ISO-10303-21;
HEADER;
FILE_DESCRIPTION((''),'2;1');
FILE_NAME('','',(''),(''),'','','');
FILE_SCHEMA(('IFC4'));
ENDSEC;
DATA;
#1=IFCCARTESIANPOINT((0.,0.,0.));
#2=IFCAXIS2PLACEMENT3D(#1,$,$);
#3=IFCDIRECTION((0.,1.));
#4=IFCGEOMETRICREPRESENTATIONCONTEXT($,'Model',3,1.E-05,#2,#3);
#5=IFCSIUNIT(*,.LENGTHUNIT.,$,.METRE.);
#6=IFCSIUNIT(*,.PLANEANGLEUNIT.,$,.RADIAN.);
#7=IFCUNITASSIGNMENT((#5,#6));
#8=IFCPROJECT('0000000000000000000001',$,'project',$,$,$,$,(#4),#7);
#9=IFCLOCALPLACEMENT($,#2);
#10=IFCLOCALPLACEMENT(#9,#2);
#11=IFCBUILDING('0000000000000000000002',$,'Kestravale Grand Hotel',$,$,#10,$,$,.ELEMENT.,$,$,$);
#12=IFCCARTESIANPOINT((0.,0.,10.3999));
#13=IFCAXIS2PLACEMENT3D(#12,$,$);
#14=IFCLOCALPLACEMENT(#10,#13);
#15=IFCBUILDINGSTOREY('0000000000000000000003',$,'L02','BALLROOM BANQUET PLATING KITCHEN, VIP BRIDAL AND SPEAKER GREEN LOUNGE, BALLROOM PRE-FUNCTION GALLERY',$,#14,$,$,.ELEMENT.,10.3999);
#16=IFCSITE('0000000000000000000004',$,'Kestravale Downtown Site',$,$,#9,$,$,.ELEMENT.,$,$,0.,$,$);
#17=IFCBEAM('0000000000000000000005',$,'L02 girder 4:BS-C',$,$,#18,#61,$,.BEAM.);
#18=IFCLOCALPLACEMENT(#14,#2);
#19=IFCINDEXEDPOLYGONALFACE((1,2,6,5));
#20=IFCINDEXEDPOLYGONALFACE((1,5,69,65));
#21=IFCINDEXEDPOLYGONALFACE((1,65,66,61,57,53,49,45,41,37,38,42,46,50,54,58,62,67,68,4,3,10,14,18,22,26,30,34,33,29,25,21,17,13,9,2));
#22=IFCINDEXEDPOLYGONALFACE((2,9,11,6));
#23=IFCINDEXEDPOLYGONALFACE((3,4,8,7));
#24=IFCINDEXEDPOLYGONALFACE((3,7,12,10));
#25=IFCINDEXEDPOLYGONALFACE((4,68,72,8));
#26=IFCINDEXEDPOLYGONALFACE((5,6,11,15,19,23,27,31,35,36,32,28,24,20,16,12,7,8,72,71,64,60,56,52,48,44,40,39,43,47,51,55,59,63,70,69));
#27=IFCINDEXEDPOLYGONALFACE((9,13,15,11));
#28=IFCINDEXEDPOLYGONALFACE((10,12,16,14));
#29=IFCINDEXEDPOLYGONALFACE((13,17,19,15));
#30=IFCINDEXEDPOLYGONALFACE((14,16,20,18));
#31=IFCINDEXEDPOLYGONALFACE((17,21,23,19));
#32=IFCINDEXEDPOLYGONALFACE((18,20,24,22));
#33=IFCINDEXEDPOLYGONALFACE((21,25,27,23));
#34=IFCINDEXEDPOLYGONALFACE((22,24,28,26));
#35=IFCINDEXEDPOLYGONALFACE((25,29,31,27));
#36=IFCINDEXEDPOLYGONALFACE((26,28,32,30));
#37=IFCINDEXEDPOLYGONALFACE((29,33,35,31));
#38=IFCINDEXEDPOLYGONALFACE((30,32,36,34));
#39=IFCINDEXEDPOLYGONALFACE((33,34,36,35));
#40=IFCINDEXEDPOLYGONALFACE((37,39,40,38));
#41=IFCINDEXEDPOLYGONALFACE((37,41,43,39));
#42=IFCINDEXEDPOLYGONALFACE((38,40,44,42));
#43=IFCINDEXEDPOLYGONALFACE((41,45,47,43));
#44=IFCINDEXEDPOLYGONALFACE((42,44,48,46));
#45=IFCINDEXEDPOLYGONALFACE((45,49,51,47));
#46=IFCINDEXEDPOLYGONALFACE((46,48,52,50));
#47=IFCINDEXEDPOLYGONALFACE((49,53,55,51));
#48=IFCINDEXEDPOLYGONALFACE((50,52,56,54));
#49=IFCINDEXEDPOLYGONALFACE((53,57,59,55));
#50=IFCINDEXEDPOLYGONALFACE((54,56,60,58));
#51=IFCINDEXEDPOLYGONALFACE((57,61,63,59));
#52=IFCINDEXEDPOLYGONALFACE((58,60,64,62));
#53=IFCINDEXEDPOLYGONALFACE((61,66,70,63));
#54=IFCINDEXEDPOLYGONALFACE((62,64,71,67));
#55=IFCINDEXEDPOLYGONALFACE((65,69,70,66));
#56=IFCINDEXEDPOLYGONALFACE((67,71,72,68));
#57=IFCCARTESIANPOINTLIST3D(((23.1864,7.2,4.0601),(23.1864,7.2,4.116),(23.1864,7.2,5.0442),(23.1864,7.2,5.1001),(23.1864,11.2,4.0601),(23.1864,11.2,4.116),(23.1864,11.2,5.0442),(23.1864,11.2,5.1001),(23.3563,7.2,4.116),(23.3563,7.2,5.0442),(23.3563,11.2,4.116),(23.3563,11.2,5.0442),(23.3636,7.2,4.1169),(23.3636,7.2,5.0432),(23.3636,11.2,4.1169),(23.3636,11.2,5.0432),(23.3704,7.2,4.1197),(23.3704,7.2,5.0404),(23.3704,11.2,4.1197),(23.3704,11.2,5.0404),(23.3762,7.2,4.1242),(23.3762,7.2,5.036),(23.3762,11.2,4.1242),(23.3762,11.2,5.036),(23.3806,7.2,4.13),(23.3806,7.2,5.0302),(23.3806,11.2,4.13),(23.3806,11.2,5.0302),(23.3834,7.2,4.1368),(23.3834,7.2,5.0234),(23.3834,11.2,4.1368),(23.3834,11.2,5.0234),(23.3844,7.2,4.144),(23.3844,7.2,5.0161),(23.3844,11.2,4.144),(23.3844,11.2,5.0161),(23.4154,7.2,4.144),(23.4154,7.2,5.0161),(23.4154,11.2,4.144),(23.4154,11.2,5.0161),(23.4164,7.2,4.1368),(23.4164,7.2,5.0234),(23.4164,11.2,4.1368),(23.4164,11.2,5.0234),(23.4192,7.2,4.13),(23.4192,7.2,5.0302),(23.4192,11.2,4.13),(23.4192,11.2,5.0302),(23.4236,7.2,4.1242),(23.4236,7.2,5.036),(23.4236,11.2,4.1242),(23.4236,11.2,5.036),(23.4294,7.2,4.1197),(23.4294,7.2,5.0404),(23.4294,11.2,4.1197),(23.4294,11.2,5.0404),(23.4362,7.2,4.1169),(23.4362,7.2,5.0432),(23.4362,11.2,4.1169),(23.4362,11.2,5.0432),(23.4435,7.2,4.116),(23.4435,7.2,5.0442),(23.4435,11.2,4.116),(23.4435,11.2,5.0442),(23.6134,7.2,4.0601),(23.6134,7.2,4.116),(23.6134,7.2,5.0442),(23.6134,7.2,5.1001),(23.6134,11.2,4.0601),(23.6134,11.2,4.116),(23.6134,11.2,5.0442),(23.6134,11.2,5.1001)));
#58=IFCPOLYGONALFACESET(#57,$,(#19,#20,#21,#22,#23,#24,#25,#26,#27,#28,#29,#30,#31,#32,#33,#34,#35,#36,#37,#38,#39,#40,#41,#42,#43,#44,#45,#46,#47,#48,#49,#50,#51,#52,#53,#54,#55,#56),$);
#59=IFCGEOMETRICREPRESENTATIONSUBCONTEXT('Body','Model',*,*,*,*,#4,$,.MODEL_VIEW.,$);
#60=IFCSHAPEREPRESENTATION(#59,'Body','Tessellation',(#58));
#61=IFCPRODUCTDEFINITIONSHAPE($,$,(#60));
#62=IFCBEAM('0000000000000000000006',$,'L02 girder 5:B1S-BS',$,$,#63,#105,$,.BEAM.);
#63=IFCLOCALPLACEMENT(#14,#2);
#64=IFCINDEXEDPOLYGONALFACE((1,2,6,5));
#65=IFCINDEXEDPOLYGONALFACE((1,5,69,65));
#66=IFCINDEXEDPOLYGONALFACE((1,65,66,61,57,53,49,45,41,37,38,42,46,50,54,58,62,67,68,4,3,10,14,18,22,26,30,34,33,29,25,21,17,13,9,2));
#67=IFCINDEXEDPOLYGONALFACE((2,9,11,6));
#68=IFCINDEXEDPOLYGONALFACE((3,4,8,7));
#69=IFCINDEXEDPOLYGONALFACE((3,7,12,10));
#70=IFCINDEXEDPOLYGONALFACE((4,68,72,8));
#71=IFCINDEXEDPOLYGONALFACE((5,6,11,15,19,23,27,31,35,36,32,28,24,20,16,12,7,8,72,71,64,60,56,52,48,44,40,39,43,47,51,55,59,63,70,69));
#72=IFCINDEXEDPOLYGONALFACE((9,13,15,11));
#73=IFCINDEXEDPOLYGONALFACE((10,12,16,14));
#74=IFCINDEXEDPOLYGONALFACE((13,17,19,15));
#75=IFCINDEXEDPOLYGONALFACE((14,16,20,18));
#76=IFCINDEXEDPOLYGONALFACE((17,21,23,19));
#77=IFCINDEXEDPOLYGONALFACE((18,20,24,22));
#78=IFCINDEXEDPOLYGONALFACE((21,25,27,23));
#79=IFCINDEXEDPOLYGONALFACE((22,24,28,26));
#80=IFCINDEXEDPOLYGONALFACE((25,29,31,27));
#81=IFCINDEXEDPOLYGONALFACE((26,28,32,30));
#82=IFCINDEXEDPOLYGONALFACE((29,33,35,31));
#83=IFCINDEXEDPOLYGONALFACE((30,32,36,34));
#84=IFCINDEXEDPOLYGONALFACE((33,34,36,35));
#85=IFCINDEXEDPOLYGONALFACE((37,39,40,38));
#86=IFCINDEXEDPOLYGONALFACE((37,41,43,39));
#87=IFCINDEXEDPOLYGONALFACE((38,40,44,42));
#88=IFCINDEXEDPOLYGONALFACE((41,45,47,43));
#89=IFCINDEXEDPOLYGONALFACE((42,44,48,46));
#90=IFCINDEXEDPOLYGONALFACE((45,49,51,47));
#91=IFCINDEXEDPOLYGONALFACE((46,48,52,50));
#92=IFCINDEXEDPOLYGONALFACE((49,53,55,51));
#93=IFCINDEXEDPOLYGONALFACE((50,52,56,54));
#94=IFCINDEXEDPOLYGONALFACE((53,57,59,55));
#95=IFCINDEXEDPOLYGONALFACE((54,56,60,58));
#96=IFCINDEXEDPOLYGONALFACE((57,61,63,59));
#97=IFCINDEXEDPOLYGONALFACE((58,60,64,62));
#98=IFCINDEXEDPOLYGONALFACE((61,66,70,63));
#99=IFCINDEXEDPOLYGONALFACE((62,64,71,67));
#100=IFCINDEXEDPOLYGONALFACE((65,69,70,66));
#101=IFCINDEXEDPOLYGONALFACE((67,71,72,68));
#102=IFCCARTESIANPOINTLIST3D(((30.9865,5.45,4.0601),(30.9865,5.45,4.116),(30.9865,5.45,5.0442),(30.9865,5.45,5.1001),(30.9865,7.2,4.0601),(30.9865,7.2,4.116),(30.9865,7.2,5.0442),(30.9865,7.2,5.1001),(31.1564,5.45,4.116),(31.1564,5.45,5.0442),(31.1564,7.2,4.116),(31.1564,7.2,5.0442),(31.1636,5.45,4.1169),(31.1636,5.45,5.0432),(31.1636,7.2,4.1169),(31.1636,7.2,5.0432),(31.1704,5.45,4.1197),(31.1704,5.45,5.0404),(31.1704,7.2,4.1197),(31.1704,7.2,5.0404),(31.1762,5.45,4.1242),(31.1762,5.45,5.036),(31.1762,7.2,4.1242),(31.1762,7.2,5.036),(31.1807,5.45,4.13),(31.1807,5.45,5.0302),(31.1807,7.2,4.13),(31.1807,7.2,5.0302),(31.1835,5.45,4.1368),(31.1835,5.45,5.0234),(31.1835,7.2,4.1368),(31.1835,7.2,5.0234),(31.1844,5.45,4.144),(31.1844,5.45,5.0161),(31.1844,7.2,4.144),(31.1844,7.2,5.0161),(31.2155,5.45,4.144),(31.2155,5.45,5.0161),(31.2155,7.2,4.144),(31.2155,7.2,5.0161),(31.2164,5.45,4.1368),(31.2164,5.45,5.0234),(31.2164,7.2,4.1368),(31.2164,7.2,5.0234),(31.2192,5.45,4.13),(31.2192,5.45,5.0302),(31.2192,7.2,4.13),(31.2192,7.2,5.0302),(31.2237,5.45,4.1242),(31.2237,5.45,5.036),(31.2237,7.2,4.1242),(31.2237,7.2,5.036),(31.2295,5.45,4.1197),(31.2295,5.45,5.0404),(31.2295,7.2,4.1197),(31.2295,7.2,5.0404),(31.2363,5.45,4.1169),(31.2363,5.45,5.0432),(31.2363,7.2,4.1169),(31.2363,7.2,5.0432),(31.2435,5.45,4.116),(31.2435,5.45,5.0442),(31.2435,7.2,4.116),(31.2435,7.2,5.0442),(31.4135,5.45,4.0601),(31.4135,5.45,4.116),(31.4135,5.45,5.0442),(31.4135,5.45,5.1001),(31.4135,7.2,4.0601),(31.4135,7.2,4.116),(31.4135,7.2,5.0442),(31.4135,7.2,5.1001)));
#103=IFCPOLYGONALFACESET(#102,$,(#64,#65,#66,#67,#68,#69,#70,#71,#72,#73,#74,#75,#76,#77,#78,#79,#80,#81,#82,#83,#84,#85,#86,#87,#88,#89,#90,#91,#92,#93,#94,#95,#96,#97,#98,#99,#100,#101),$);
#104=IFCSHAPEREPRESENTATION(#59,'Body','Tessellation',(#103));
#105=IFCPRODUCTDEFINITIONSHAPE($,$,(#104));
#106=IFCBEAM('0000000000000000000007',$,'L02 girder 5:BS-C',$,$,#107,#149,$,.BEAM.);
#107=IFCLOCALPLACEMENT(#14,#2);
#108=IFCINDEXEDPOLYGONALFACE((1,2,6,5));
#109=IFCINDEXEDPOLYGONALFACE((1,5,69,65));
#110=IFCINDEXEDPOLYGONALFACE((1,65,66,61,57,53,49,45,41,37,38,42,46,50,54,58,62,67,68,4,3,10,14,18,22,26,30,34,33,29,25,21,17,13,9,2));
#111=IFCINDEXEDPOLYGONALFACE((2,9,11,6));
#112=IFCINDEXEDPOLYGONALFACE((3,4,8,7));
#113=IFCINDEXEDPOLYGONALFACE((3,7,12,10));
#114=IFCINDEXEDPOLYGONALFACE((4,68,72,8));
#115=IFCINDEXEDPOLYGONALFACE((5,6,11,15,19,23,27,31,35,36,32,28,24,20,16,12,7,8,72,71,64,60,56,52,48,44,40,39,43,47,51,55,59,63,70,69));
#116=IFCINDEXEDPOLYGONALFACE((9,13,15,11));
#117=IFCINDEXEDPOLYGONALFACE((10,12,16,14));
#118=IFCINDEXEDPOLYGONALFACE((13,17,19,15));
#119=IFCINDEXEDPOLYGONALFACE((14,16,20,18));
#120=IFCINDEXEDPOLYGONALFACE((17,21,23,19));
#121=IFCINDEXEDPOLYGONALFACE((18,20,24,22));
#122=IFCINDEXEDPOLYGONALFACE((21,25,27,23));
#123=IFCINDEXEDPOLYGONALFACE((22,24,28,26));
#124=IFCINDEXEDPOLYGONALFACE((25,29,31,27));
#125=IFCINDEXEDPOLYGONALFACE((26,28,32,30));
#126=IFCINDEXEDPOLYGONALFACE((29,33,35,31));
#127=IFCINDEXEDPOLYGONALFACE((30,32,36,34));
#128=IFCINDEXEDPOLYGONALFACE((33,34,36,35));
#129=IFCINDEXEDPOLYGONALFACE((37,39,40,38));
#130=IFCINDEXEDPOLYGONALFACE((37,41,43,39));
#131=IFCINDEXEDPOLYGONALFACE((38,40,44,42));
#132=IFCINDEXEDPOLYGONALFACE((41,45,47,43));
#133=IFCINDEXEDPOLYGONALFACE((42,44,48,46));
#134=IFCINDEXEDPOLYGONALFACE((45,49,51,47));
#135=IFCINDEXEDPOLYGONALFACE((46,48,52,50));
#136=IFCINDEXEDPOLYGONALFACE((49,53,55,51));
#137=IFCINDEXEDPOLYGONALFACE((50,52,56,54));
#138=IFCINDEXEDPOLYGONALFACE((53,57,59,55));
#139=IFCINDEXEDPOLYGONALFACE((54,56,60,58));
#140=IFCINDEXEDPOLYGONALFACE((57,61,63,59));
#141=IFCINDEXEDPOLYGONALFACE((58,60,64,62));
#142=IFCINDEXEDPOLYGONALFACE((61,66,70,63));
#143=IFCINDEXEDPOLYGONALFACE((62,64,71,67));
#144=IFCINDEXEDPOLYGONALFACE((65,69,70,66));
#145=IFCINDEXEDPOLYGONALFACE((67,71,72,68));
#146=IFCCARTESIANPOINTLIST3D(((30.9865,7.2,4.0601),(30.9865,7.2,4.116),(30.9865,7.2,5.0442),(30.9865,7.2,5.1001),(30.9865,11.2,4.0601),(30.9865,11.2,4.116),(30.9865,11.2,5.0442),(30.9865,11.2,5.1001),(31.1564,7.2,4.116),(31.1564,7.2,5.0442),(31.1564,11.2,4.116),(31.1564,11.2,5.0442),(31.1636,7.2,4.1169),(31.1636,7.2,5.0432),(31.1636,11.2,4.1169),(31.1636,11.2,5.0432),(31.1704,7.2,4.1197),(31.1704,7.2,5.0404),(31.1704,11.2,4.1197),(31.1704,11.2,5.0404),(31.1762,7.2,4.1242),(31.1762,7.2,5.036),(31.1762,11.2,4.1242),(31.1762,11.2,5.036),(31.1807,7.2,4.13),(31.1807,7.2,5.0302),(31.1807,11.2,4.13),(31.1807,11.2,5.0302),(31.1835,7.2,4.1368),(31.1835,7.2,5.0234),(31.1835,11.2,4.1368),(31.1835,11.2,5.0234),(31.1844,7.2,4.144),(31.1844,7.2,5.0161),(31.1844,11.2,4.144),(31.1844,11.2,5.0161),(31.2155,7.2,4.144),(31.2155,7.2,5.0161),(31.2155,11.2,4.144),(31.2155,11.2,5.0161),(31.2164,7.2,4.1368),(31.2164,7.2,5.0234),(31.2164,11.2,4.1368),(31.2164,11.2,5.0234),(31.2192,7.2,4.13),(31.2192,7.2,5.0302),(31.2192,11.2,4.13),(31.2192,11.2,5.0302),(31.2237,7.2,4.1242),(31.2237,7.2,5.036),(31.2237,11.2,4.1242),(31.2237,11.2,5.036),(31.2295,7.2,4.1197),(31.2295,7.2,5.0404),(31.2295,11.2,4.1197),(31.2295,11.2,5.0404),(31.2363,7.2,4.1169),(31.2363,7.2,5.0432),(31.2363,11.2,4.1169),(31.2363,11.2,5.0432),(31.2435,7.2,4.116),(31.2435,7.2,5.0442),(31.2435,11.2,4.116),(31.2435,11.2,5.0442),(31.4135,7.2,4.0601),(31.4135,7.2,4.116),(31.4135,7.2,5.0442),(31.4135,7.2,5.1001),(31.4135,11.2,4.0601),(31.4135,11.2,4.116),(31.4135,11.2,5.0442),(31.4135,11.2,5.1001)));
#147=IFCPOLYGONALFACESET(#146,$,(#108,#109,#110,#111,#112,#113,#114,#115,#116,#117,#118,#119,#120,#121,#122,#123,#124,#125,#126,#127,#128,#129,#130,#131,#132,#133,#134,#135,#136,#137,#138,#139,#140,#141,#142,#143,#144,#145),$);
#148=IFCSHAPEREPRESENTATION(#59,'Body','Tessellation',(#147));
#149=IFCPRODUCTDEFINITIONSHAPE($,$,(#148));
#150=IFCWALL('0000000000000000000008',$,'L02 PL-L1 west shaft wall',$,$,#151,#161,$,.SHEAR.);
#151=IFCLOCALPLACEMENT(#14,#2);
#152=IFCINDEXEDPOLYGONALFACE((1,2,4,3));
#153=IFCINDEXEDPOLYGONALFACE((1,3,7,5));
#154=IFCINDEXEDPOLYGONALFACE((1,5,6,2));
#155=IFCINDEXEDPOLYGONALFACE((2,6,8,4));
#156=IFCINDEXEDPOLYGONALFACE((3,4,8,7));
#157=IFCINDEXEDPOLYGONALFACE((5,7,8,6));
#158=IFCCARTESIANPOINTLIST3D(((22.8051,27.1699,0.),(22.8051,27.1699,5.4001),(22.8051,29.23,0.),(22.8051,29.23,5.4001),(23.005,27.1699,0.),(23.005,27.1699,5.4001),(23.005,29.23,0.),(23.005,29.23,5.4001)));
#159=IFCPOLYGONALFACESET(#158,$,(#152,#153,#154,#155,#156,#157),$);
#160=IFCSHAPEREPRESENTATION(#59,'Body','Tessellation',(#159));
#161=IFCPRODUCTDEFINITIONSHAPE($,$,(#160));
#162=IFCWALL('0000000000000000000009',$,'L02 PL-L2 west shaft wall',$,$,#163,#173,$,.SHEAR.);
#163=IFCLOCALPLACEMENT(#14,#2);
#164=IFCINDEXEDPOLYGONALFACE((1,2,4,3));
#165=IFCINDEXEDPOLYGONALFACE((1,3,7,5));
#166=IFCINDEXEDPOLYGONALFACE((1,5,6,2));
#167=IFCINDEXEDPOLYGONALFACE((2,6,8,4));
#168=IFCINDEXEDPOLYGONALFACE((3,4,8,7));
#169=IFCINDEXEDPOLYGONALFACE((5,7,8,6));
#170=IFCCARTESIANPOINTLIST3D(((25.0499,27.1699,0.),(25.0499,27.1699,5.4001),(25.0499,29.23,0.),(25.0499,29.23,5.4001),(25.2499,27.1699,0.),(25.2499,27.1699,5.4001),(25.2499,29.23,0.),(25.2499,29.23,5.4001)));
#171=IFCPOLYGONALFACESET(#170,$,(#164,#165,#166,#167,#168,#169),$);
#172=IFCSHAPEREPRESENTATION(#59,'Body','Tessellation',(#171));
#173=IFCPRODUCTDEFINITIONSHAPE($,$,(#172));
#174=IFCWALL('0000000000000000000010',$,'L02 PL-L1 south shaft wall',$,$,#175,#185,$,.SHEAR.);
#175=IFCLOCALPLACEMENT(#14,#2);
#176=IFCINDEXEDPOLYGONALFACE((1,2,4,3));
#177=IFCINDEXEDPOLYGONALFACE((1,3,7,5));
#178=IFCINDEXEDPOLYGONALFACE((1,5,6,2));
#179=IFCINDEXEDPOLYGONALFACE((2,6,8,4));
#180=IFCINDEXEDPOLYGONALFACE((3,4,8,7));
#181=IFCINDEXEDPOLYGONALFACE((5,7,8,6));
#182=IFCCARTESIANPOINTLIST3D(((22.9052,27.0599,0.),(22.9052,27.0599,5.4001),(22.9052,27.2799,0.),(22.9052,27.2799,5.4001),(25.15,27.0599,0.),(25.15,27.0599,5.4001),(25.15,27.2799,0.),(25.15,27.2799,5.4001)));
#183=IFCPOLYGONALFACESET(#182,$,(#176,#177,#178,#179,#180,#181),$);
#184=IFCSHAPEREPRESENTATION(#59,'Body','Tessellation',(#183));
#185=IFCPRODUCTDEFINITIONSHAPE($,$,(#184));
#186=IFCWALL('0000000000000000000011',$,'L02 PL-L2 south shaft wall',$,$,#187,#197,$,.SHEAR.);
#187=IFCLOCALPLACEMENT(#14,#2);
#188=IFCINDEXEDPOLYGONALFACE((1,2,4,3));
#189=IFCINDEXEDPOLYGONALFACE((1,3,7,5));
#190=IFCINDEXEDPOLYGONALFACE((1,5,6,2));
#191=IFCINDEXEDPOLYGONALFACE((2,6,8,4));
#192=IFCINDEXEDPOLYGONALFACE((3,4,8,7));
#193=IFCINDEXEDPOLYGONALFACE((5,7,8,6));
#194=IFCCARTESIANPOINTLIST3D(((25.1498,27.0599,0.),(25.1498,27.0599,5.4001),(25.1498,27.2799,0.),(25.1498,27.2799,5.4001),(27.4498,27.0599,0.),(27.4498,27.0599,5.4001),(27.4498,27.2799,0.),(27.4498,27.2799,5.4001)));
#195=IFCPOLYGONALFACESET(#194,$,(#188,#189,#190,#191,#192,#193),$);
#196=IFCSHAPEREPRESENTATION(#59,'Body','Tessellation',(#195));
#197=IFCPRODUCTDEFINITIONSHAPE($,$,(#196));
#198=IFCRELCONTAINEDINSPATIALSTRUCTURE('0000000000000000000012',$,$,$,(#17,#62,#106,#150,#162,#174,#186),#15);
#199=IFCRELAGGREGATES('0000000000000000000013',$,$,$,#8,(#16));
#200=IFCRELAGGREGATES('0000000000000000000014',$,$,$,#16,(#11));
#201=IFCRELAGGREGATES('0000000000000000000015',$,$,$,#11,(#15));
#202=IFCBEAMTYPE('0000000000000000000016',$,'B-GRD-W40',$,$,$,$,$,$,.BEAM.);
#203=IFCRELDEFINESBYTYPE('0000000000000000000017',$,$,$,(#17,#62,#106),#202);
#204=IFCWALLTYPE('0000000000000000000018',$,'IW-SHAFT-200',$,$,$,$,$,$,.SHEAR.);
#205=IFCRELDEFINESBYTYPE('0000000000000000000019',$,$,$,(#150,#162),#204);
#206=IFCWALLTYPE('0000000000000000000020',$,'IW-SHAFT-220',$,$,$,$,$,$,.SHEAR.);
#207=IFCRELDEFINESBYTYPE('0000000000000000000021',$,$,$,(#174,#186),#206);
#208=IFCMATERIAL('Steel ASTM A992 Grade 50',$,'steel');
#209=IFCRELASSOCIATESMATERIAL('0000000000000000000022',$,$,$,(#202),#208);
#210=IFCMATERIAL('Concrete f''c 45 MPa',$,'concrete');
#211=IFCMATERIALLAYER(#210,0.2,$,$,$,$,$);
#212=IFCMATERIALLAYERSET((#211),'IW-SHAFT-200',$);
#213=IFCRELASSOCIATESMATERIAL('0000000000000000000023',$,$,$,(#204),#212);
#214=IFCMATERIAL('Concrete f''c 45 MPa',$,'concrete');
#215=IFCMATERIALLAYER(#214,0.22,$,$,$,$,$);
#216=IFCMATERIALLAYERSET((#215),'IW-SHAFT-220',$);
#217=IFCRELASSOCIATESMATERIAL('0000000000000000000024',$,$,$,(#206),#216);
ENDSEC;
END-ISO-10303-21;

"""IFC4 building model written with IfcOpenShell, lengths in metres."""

from ifc_helpers import new_model, si_unit, direction, frame, frame_2d, origin, origin_2d, place, context, subcontext, project, spatial, rectangle, i_section, extrude, material, layer, layer_set, material_profile, profile_set, type_object, element, save


model = new_model("IFC4")

# Units and contexts
model_context = context("Model", 3, precision=1e-05, world=origin(), true_north=direction((0.0, 1.0)))
body_context = subcontext(model_context, "Body", "Model", "MODEL_VIEW")
ifc_project = project(units=[si_unit("LENGTHUNIT", "METRE"), si_unit("PLANEANGLEUNIT", "RADIAN")], contexts=[model_context])

# Site, building, storey
site_placement = place(None, origin())
site = spatial("IfcSite", under=ifc_project, at=site_placement, Name="Kestravale Downtown Site", CompositionType="ELEMENT", RefElevation=0.0)
building_placement = place(site_placement, origin())
building = spatial("IfcBuilding", under=site, at=building_placement, Name="Kestravale Grand Hotel", CompositionType="ELEMENT")
storey_placement = place(building_placement, frame((0.0, 0.0, 10.3999)))
storey = spatial("IfcBuildingStorey", under=building, at=storey_placement, Name="L02", Description="BALLROOM BANQUET PLATING KITCHEN, VIP BRIDAL AND SPEAKER GREEN LOUNGE, BALLROOM PRE-FUNCTION GALLERY", CompositionType="ELEMENT", Elevation=10.3999)

# Beams
ifc_material_1 = material(Name="Steel ASTM A992 Grade 50", Category="steel")
ifc_material_profile_1 = material_profile(ifc_material_1, i_section(OverallWidth=0.427, OverallDepth=1.04, WebThickness=0.031, FlangeThickness=0.0559, FilletRadius=0.0281, at=origin_2d()))
ifc_profile_set_1 = profile_set([ifc_material_profile_1], Name="Steel ASTM A992 Grade 50")
beam_type_1 = type_object("IfcBeamType", Name="B-GRD-W40", PredefinedType="BEAM", material=ifc_profile_set_1)
beam_1_placement = place(storey_placement, frame((23.3999, 7.2, 4.5801), z_axis=(0.0, 1.0, 0.0), x_axis=(-1.0, 0.0, 0.0)))
element("IfcBeam", 1, at=beam_1_placement, inside=storey, type_object=beam_type_1, Name="L02 girder 4:BS-C", PredefinedType="BEAM", context=body_context, shape_type="SweptSolid", body=[
    extrude(i_section(OverallWidth=0.427, OverallDepth=1.04, WebThickness=0.031, FlangeThickness=0.0559, FilletRadius=0.0281, at=origin_2d()), origin(), (0.0, 0.0, 1.0), 4.0),
])
beam_2_placement = place(storey_placement, frame((31.2, 5.45, 4.5801), z_axis=(0.0, 1.0, 0.0), x_axis=(-1.0, 0.0, 0.0)))
element("IfcBeam", 2, at=beam_2_placement, inside=storey, type_object=beam_type_1, Name="L02 girder 5:B1S-BS", PredefinedType="BEAM", context=body_context, shape_type="SweptSolid", body=[
    extrude(i_section(OverallWidth=0.427, OverallDepth=1.04, WebThickness=0.031, FlangeThickness=0.0559, FilletRadius=0.0281, at=origin_2d()), origin(), (0.0, 0.0, 1.0), 1.75),
])
beam_3_placement = place(storey_placement, frame((31.2, 7.2, 4.5801), z_axis=(0.0, 1.0, 0.0), x_axis=(-1.0, 0.0, 0.0)))
element("IfcBeam", 3, at=beam_3_placement, inside=storey, type_object=beam_type_1, Name="L02 girder 5:BS-C", PredefinedType="BEAM", context=body_context, shape_type="SweptSolid", body=[
    extrude(i_section(OverallWidth=0.427, OverallDepth=1.04, WebThickness=0.031, FlangeThickness=0.0559, FilletRadius=0.0281, at=origin_2d()), origin(), (0.0, 0.0, 1.0), 4.0),
])

# Walls
ifc_material_2 = material(Name="Concrete f'c 45 MPa", Category="concrete")
ifc_layer_1 = layer(ifc_material_2, 0.2)
ifc_layer_set_1 = layer_set([ifc_layer_1], Name="IW-SHAFT-200")
wall_type_1 = type_object("IfcWallType", Name="IW-SHAFT-200", PredefinedType="SHEAR", material=ifc_layer_set_1)
for number, where, z_axis, x_axis, name in (
    (4, (22.905, 27.1699, 0.0), (0.0, 0.0, 1.0), (0.0, 1.0, 0.0), "L02 PL-L1 west shaft wall"),
    (5, (25.1499, 27.1699, 0.0), (0.0, 0.0, 1.0), (0.0, 1.0, 0.0), "L02 PL-L2 west shaft wall"),
):
    element("IfcWall", number, at=place(storey_placement, frame(where, z_axis=z_axis, x_axis=x_axis)), inside=storey, type_object=wall_type_1, Name=name, PredefinedType="SHEAR", context=body_context, shape_type="SweptSolid", body=[
        extrude(rectangle(XDim=2.0601, YDim=0.2, at=frame_2d((1.03, 0.0))), origin(), (0.0, 0.0, 1.0), 5.4001),
    ])
ifc_material_3 = material(Name="Concrete f'c 45 MPa", Category="concrete")
ifc_layer_2 = layer(ifc_material_3, 0.22)
ifc_layer_set_2 = layer_set([ifc_layer_2], Name="IW-SHAFT-220")
wall_type_2 = type_object("IfcWallType", Name="IW-SHAFT-220", PredefinedType="SHEAR", material=ifc_layer_set_2)
wall_1_placement = place(storey_placement, frame((22.905, 27.1699, 0.0), z_axis=(0.0, 0.0, 1.0), x_axis=(1.0, 0.0, 0.0)))
element("IfcWall", 6, at=wall_1_placement, inside=storey, type_object=wall_type_2, Name="L02 PL-L1 south shaft wall", PredefinedType="SHEAR", context=body_context, shape_type="SweptSolid", body=[
    extrude(rectangle(XDim=2.2449, YDim=0.22, at=frame_2d((1.1226, 0.0))), origin(), (0.0, 0.0, 1.0), 5.4001),
])
for number, where, z_axis, x_axis, name in (
    (7, (25.1499, 27.1699, 0.0), (0.0, 0.0, 1.0), (1.0, 0.0, 0.0), "L02 PL-L2 south shaft wall"),
):
    element("IfcWall", number, at=place(storey_placement, frame(where, z_axis=z_axis, x_axis=x_axis)), inside=storey, type_object=wall_type_2, Name=name, PredefinedType="SHEAR", context=body_context, shape_type="SweptSolid", body=[
        extrude(rectangle(XDim=2.3, YDim=0.22, at=frame_2d((1.1499, 0.0))), origin(), (0.0, 0.0, 1.0), 5.4001),
    ])

save(model, "model.ifc")
